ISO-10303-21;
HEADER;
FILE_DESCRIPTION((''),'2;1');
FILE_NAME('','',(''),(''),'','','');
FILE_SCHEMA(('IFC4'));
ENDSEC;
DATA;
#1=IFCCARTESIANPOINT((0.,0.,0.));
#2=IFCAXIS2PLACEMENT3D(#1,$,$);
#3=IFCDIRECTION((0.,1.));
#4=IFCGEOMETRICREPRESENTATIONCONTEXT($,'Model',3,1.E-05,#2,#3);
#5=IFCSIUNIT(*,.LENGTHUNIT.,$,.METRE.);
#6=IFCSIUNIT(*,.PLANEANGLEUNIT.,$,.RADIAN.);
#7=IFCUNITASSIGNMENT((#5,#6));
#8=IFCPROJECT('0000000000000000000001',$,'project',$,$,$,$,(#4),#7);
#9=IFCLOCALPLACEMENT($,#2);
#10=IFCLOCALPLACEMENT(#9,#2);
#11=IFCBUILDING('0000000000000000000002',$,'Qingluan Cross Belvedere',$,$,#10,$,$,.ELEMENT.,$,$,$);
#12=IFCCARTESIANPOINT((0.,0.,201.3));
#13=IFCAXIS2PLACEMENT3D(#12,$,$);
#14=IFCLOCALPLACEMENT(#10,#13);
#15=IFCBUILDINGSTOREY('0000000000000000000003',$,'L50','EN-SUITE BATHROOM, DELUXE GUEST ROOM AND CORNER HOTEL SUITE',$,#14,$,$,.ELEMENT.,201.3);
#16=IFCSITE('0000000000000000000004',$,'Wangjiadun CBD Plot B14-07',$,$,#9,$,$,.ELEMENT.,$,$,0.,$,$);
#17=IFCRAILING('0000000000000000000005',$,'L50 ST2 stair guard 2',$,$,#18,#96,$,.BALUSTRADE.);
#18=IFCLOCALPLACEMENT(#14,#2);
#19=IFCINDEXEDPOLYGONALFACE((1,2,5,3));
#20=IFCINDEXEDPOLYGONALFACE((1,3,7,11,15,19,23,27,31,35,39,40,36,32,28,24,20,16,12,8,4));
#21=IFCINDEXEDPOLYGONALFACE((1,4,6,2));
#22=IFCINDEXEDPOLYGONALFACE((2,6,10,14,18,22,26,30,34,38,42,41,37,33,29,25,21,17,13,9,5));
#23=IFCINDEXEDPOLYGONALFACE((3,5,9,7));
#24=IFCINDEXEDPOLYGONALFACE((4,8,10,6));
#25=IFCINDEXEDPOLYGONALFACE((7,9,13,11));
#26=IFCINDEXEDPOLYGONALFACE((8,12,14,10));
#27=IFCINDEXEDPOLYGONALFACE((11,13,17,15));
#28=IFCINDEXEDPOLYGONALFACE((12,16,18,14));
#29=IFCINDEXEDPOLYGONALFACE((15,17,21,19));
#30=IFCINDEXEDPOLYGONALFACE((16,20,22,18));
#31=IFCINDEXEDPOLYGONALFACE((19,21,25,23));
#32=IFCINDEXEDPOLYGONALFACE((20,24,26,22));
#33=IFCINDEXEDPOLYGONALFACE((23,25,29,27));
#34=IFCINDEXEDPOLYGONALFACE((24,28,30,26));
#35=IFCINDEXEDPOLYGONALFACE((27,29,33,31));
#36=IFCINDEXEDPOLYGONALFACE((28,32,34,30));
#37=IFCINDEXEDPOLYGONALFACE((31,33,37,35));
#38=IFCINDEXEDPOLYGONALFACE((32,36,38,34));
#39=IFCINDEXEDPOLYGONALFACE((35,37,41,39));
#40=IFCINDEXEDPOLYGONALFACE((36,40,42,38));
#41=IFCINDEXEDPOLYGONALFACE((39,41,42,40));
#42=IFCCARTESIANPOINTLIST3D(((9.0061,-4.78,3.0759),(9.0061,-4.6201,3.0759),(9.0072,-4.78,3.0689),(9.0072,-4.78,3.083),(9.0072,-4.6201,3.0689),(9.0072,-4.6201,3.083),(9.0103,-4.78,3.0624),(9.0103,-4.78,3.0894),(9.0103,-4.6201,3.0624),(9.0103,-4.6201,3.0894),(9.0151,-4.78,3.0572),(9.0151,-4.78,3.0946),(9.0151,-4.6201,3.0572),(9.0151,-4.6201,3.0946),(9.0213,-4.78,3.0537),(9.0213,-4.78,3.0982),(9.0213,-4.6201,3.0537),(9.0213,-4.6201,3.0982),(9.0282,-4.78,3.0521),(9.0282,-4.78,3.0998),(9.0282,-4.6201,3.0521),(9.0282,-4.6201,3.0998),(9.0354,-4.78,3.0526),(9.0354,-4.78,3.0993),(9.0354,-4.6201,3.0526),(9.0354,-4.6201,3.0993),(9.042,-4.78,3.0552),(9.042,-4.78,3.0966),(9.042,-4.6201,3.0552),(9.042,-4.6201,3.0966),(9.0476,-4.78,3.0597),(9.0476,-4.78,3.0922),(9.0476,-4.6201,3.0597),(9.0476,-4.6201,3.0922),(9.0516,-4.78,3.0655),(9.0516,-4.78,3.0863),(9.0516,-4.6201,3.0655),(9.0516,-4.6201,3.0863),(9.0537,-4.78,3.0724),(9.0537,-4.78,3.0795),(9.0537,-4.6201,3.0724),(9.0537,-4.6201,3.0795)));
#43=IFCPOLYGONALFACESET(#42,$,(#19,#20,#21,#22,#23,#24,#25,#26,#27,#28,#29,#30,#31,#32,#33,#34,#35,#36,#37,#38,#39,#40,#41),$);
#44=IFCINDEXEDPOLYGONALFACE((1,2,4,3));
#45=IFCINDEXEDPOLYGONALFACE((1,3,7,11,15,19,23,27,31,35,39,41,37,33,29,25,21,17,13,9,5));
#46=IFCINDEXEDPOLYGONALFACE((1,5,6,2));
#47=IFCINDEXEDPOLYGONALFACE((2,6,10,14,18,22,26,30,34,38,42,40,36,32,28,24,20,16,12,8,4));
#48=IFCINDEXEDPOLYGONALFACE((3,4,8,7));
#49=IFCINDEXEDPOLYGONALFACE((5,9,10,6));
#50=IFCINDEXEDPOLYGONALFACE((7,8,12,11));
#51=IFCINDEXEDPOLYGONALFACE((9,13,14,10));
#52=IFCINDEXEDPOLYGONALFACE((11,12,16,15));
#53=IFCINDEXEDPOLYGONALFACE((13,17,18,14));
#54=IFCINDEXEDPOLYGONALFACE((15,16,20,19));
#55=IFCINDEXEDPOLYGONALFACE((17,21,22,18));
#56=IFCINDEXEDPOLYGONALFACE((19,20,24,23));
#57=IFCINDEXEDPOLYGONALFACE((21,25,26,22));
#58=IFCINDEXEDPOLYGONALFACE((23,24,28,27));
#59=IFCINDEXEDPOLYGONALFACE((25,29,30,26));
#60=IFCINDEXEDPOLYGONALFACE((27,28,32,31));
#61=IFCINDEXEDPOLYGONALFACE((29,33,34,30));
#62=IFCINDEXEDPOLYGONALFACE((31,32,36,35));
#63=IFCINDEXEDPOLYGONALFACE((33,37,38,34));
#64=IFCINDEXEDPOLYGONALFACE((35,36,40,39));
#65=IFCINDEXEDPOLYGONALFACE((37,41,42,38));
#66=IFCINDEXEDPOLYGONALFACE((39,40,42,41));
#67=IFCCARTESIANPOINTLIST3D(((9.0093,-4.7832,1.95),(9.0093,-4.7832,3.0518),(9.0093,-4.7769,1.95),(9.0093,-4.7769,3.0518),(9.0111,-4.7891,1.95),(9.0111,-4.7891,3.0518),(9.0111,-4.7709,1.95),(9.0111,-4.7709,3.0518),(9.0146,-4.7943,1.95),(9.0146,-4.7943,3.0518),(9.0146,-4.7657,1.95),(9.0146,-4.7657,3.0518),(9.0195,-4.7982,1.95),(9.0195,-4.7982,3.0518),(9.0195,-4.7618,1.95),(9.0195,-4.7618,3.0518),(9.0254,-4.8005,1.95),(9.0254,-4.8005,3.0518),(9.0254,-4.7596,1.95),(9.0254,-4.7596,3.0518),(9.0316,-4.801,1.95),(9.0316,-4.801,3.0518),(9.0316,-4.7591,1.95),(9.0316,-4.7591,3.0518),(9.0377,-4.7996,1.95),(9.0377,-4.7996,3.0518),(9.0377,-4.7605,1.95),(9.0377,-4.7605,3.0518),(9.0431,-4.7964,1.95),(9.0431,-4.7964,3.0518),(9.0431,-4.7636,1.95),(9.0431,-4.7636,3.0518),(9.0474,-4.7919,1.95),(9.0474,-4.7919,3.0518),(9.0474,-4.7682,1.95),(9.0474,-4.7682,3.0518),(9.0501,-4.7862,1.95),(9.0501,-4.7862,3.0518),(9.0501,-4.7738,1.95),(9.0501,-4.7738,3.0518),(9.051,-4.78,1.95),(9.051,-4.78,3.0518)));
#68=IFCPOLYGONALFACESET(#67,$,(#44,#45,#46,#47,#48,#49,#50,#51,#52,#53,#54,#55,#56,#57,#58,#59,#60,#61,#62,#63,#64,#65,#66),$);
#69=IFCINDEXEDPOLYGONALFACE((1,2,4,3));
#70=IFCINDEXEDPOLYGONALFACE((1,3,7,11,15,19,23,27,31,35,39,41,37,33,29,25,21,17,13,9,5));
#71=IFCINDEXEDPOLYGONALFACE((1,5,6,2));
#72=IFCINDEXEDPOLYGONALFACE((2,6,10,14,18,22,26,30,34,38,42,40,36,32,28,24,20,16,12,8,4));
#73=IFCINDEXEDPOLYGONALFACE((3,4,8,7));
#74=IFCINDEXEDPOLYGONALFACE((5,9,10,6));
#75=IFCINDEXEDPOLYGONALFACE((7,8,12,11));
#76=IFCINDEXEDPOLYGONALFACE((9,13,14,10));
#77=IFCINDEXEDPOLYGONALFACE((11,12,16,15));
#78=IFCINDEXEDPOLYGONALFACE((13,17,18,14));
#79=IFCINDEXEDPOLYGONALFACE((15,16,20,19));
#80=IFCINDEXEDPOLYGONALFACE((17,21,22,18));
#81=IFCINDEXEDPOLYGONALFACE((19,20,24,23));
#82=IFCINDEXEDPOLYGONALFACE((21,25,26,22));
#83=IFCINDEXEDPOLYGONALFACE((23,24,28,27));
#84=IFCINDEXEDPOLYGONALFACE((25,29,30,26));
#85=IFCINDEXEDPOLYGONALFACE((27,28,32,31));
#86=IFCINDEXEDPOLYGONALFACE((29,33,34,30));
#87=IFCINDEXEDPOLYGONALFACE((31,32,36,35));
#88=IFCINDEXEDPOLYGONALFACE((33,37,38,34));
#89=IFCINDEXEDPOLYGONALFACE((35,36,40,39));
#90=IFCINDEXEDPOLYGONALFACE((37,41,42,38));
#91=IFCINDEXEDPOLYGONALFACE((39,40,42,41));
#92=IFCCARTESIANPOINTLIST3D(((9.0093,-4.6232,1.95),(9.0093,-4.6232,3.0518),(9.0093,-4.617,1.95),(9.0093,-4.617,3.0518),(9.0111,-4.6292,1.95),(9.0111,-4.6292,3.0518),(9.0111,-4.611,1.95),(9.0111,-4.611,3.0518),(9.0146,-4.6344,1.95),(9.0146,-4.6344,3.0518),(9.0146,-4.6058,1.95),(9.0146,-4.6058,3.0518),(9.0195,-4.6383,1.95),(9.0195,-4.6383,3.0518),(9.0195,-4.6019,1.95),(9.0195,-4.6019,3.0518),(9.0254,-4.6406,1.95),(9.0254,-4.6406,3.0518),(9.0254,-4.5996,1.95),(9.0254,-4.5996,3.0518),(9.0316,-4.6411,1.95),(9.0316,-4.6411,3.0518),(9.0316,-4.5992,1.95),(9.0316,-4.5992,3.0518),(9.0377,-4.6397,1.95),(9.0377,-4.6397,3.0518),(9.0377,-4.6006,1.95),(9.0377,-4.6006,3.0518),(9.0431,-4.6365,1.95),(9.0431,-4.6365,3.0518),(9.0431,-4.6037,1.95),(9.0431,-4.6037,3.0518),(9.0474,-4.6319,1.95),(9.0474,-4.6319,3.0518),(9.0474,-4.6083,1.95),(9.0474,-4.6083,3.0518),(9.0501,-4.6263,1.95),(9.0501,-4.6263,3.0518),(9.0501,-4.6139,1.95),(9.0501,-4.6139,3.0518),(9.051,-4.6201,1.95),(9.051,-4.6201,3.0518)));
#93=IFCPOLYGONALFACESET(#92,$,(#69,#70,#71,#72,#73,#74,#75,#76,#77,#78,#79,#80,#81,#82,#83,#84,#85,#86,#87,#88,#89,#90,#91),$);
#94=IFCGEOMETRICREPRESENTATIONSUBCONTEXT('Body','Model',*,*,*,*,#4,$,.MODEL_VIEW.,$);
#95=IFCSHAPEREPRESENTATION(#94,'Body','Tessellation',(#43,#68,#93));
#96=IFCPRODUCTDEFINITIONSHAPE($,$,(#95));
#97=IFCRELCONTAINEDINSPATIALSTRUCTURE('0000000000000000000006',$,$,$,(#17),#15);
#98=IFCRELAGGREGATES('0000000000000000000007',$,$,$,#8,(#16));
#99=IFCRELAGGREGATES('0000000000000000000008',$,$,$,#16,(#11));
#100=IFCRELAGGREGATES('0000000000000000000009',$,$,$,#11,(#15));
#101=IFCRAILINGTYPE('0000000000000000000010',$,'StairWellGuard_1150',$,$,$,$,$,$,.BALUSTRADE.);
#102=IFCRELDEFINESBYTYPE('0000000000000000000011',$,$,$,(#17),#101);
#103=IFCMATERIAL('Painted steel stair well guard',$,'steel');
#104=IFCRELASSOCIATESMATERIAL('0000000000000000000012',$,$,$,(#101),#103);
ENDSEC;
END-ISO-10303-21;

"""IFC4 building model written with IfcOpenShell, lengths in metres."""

from ifc_helpers import new_model, si_unit, direction, frame, origin, origin_2d, place, context, subcontext, project, spatial, circle, extrude, material, type_object, element, save


model = new_model("IFC4")

# Units and contexts
model_context = context("Model", 3, precision=1e-05, world=origin(), true_north=direction((0.0, 1.0)))
body_context = subcontext(model_context, "Body", "Model", "MODEL_VIEW")
ifc_project = project(units=[si_unit("LENGTHUNIT", "METRE"), si_unit("PLANEANGLEUNIT", "RADIAN")], contexts=[model_context])

# Site, building, storey
site_placement = place(None, origin())
site = spatial("IfcSite", under=ifc_project, at=site_placement, Name="Wangjiadun CBD Plot B14-07", CompositionType="ELEMENT", RefElevation=0.0)
building_placement = place(site_placement, origin())
building = spatial("IfcBuilding", under=site, at=building_placement, Name="Qingluan Cross Belvedere", CompositionType="ELEMENT")
storey_placement = place(building_placement, frame((0.0, 0.0, 201.3)))
storey = spatial("IfcBuildingStorey", under=building, at=storey_placement, Name="L50", Description="EN-SUITE BATHROOM, DELUXE GUEST ROOM AND CORNER HOTEL SUITE", CompositionType="ELEMENT", Elevation=201.3)

# Railing
ifc_material_1 = material(Name="Painted steel stair well guard", Category="steel")
railing_type_1 = type_object("IfcRailingType", Name="StairWellGuard_1150", PredefinedType="BALUSTRADE", material=ifc_material_1)
railing_1_placement = place(storey_placement, frame((9.03, -4.78, 1.95)))
element("IfcRailing", 1, at=railing_1_placement, inside=storey, type_object=railing_type_1, Name="L50 ST2 stair guard 2", PredefinedType="BALUSTRADE", context=body_context, shape_type="SweptSolid", body=[
    extrude(circle(Radius=0.0239, at=origin_2d()), frame((0.0, 0.0, 1.126), z_axis=(0.0, 1.0, 0.0), x_axis=(-1.0, 0.0, 0.0)), (0.0, 0.0, 1.0), 0.1599),
    extrude(circle(Radius=0.021, at=origin_2d()), origin(), (0.0, 0.0, 1.0), 1.1018),
    extrude(circle(Radius=0.021, at=origin_2d()), frame((0.0, 0.1599, 0.0)), (0.0, 0.0, 1.0), 1.1018),
])

save(model, "model.ifc")
